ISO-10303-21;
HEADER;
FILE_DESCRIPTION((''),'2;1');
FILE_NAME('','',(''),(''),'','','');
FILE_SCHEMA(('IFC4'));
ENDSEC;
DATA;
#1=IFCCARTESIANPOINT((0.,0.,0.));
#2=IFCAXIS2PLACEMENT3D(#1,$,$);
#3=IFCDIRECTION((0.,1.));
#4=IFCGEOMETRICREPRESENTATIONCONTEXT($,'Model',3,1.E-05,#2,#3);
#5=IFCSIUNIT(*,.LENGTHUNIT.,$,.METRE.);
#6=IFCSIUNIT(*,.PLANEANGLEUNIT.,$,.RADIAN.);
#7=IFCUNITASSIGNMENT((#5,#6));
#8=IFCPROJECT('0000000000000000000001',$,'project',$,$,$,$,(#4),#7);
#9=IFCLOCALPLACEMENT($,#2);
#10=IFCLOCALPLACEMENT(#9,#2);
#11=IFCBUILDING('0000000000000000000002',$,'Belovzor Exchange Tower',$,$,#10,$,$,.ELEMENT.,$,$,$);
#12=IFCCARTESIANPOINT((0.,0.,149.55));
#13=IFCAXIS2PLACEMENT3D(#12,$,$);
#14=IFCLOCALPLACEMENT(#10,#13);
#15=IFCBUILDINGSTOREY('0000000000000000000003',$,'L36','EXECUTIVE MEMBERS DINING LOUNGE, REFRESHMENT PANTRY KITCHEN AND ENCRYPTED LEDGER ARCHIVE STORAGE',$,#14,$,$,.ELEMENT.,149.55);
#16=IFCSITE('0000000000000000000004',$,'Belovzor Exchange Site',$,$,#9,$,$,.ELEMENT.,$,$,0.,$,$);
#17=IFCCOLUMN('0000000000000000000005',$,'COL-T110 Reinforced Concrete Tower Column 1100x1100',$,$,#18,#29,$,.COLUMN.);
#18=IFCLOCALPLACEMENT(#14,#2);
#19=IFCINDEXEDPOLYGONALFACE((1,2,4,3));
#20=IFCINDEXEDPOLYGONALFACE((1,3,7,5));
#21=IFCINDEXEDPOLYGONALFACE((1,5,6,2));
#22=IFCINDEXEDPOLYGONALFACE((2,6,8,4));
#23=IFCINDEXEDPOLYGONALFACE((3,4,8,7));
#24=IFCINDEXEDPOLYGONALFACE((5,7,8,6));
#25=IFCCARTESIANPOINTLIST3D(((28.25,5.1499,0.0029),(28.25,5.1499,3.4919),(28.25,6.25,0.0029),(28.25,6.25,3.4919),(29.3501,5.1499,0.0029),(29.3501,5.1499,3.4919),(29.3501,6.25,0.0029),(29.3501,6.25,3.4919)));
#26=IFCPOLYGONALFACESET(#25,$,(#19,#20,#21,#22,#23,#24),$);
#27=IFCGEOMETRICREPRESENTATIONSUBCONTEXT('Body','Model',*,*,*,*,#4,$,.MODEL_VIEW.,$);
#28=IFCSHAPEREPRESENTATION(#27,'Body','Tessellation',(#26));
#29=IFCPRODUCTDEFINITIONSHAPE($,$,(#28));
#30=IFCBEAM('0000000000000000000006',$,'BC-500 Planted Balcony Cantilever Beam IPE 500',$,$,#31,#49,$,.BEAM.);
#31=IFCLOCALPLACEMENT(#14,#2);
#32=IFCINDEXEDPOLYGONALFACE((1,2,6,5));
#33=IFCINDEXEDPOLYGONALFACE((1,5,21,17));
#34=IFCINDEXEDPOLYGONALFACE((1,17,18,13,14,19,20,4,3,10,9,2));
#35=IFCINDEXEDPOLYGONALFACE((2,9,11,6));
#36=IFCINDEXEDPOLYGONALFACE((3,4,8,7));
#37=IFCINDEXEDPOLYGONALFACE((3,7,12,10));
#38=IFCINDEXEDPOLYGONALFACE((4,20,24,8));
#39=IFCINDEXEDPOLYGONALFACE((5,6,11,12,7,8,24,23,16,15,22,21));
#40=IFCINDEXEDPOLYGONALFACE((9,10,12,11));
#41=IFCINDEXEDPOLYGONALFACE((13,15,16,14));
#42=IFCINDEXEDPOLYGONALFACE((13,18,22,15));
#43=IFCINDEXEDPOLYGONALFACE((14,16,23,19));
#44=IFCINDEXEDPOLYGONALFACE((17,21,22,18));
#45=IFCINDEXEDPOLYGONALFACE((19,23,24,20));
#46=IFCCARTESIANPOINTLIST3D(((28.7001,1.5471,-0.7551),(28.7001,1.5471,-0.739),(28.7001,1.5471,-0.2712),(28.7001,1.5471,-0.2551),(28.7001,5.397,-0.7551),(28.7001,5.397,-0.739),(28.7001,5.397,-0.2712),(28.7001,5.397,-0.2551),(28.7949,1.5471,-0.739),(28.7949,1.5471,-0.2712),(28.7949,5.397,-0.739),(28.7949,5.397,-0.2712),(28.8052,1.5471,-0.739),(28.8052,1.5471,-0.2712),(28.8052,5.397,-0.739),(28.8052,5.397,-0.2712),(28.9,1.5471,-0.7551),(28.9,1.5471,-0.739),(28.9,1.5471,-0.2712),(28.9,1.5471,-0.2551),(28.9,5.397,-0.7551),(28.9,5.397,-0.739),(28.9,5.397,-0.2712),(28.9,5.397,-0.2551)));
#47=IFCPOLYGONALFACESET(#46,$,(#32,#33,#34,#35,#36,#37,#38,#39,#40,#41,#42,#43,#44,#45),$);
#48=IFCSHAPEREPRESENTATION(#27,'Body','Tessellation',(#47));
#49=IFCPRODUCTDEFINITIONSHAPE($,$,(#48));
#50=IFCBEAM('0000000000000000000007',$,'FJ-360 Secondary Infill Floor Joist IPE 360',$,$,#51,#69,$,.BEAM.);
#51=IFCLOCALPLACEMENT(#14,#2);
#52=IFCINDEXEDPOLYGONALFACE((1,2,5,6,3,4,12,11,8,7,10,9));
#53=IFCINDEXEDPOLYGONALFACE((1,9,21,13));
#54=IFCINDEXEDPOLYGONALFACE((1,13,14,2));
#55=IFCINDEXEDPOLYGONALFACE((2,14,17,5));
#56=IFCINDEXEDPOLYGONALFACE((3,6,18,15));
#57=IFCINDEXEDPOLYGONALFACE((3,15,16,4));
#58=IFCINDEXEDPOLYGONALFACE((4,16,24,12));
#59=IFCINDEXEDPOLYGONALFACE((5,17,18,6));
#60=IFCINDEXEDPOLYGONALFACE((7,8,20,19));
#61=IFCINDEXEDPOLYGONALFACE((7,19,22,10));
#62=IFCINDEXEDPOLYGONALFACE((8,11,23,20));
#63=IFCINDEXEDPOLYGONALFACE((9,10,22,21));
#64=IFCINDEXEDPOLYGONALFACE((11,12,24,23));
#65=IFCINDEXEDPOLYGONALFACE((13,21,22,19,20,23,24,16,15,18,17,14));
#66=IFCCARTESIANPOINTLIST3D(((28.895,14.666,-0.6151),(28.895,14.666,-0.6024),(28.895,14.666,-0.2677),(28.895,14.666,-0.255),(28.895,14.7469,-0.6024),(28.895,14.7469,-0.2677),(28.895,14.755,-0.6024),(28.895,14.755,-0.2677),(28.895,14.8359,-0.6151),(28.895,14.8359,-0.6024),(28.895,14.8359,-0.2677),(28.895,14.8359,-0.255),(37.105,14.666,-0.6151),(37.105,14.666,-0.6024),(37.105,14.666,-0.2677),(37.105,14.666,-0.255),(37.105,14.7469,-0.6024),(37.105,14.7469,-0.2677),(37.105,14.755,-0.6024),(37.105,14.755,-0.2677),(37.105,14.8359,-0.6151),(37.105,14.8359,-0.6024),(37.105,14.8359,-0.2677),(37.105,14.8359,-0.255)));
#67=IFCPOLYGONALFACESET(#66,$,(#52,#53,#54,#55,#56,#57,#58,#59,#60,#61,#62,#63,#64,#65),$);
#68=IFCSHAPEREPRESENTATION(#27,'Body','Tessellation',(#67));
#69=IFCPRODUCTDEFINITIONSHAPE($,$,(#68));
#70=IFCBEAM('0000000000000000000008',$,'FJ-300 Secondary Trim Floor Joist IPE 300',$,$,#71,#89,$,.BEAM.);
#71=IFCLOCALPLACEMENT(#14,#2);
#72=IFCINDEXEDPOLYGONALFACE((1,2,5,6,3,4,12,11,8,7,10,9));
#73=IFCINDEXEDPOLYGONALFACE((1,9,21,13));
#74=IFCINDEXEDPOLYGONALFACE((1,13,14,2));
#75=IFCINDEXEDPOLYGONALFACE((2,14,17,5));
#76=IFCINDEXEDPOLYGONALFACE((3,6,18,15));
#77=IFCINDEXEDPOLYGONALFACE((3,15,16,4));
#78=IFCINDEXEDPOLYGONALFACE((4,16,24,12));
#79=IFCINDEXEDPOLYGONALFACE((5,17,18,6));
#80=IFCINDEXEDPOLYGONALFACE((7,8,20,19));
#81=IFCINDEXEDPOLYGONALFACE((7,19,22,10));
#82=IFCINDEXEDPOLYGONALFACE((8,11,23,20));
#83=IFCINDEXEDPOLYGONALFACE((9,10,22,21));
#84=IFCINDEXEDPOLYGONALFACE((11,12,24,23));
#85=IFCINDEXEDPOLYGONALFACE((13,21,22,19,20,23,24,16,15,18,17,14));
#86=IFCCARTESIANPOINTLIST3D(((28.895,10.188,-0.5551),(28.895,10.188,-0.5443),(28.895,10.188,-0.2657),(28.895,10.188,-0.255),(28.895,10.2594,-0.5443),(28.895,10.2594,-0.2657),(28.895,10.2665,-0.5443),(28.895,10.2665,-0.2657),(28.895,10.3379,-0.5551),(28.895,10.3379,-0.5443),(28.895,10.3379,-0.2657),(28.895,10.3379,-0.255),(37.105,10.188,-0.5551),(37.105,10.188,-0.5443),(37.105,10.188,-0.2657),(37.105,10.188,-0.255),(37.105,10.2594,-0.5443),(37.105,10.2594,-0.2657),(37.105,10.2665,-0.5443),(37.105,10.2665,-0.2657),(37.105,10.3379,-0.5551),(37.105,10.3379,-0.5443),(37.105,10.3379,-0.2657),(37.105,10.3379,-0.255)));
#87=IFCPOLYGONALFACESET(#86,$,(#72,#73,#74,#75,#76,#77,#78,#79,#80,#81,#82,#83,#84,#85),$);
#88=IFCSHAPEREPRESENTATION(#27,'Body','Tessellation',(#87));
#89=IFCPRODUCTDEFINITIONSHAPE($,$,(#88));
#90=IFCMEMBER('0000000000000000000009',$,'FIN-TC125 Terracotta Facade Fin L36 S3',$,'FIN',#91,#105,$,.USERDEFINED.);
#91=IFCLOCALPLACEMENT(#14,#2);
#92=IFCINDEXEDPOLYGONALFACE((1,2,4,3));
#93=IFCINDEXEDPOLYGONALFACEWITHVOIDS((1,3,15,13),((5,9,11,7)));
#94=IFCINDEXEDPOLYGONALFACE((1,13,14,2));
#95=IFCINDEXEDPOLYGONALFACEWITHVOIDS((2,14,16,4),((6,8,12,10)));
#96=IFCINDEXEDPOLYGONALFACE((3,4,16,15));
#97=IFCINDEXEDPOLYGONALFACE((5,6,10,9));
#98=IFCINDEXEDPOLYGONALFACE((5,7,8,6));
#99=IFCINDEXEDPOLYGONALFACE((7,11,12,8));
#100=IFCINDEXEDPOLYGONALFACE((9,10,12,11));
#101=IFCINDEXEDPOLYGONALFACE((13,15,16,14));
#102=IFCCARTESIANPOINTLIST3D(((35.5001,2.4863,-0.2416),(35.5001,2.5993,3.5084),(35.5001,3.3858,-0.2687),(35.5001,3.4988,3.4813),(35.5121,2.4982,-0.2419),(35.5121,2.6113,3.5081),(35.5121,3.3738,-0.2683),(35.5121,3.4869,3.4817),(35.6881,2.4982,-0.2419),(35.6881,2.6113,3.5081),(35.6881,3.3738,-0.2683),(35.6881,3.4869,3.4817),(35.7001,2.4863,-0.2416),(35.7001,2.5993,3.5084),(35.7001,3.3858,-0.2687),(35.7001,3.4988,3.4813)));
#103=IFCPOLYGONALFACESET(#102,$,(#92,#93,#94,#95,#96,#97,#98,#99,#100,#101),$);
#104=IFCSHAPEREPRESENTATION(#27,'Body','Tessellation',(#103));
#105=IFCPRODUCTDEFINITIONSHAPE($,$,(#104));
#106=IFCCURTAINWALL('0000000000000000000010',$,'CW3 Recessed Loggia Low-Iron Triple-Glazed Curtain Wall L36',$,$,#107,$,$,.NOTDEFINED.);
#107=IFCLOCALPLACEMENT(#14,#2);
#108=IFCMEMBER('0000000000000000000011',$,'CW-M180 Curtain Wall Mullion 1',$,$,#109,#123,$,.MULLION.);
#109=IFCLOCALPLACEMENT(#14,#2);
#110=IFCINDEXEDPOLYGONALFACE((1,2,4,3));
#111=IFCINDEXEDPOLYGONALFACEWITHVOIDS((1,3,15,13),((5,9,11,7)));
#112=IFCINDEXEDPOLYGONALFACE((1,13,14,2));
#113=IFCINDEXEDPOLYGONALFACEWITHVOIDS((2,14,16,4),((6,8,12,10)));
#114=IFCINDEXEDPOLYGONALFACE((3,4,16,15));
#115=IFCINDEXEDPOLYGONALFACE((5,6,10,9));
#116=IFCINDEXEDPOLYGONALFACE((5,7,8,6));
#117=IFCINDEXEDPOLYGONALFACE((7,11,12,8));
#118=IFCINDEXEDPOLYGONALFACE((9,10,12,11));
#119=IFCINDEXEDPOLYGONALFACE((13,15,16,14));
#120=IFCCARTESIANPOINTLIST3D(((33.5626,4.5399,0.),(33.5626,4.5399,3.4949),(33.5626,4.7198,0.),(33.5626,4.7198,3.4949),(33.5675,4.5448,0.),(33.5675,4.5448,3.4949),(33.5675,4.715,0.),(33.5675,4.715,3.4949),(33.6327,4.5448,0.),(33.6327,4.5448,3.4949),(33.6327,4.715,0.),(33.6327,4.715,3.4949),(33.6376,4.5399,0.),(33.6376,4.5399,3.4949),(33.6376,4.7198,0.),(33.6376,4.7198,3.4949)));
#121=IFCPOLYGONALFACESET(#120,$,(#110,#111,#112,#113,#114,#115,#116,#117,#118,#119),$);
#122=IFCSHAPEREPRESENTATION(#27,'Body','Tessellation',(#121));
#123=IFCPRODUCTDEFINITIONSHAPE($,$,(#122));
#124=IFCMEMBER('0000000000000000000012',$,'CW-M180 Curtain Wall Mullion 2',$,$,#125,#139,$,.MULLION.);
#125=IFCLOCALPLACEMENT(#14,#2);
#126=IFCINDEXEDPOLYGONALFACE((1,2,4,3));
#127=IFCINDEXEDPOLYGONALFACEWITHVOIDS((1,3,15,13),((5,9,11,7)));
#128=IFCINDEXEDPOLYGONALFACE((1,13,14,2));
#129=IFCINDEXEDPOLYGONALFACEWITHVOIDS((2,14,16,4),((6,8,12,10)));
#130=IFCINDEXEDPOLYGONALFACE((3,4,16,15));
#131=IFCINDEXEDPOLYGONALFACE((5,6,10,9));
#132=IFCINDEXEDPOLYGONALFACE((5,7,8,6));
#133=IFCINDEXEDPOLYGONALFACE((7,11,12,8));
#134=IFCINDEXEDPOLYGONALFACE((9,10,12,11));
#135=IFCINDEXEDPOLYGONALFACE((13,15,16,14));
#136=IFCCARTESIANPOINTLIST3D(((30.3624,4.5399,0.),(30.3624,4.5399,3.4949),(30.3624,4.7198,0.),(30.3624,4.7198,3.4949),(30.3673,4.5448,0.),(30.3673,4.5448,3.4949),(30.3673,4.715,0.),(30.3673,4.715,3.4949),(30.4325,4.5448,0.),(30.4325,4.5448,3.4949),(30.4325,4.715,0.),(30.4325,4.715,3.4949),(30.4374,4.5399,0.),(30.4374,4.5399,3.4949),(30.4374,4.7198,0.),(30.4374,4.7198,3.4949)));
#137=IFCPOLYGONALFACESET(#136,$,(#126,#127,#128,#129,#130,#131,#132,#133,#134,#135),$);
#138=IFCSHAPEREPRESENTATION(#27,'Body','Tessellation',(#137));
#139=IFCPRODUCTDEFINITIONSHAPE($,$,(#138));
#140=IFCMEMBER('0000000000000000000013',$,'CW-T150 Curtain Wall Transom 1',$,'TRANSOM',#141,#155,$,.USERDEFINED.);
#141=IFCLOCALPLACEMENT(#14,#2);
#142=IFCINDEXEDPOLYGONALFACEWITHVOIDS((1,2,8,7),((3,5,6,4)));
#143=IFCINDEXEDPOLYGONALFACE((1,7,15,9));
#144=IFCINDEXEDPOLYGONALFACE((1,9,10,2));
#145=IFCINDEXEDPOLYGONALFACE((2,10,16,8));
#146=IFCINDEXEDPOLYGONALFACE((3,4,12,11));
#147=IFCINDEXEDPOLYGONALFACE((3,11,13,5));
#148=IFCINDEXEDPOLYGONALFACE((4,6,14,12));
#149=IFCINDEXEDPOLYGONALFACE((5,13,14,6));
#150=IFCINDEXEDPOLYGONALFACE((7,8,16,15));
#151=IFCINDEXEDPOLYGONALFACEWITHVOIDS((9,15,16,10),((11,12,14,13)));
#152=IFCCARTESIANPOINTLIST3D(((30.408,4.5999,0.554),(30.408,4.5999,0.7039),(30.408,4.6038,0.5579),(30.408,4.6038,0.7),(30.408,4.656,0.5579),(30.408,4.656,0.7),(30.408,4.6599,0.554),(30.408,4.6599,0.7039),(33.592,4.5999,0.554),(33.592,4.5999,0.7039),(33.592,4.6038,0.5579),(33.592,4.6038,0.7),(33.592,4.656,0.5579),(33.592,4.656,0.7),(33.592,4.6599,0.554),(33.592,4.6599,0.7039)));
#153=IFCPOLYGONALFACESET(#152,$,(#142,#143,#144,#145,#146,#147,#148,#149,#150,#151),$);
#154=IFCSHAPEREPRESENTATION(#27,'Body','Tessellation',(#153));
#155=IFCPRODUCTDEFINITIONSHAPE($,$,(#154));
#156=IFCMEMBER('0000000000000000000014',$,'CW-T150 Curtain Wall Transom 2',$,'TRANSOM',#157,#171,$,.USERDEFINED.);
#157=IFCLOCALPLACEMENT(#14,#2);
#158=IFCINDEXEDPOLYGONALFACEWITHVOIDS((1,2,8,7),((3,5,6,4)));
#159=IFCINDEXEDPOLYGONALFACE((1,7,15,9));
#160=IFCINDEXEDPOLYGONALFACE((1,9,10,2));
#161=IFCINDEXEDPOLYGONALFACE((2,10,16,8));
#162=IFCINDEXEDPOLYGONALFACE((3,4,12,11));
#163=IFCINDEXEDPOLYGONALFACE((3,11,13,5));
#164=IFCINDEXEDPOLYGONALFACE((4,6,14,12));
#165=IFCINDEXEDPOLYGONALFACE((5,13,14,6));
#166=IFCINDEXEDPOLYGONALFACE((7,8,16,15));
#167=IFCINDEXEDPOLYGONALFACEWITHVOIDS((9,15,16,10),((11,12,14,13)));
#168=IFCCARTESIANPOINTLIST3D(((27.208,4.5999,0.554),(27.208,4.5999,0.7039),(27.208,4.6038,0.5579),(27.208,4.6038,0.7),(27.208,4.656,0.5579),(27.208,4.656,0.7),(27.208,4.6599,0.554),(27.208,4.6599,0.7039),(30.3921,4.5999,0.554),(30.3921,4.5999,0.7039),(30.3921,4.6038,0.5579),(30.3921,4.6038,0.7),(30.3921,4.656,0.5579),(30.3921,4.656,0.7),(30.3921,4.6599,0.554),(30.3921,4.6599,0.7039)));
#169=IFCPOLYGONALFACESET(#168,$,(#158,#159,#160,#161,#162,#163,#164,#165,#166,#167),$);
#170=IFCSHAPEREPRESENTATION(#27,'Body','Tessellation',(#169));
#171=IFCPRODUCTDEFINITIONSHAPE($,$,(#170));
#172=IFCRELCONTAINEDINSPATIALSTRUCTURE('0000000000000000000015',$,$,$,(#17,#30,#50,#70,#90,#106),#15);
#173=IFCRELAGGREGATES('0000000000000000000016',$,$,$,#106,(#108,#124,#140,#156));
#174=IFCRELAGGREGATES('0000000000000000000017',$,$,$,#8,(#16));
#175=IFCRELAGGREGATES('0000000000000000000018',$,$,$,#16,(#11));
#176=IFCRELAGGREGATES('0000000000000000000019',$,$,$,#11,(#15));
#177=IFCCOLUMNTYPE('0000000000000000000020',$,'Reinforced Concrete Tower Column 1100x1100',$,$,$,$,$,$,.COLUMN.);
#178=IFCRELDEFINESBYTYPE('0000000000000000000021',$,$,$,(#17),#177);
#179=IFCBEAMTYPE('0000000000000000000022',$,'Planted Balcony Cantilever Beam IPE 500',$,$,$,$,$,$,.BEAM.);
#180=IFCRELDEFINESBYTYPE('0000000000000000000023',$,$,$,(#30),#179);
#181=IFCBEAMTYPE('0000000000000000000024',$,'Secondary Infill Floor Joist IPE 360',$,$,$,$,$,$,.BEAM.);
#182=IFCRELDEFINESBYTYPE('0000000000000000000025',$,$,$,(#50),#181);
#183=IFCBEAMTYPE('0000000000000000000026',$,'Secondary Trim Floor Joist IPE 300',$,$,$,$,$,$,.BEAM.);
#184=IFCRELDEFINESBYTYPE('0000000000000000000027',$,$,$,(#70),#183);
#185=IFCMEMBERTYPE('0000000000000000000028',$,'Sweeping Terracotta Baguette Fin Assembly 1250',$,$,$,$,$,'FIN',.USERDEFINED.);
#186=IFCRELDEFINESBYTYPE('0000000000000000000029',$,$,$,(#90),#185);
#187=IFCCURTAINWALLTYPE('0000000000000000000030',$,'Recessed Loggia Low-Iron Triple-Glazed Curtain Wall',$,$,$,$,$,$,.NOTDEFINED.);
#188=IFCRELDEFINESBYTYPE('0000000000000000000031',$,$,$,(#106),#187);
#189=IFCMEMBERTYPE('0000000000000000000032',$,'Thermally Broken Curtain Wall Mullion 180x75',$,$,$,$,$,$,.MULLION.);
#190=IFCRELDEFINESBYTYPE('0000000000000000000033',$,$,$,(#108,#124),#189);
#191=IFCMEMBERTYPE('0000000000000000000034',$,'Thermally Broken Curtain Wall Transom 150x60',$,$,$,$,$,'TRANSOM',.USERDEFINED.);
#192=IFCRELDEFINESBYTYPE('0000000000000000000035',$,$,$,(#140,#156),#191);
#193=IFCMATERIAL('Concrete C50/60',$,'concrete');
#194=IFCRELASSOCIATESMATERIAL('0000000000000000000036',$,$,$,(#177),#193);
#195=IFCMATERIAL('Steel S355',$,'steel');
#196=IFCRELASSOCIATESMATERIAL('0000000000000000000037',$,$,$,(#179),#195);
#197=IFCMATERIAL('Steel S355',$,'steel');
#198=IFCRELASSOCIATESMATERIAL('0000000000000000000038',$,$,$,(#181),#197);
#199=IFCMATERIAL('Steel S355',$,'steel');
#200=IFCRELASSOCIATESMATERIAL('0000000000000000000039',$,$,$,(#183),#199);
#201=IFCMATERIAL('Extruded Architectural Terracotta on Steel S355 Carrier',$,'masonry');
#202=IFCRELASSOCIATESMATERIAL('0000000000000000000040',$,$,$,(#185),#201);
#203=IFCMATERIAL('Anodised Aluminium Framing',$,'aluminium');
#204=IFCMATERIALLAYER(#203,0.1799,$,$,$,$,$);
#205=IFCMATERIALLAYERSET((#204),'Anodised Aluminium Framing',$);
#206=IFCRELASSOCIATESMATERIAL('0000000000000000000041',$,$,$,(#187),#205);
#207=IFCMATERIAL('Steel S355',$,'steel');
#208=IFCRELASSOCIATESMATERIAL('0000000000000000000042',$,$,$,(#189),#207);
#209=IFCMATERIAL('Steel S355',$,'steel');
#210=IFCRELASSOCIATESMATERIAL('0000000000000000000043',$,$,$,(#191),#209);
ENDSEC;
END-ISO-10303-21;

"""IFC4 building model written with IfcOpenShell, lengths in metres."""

from ifc_helpers import new_model, si_unit, direction, frame, origin, origin_2d, place, context, subcontext, project, spatial, rectangle, hollow_rectangle, i_section, extrude, material, layer, layer_set, material_profile, profile_set, type_object, element, aggregate, save


model = new_model("IFC4")

# Units and contexts
model_context = context("Model", 3, precision=1e-05, world=origin(), true_north=direction((0.0, 1.0)))
body_context = subcontext(model_context, "Body", "Model", "MODEL_VIEW")
ifc_project = project(units=[si_unit("LENGTHUNIT", "METRE"), si_unit("PLANEANGLEUNIT", "RADIAN")], contexts=[model_context])

# Site, building, storey
site_placement = place(None, origin())
site = spatial("IfcSite", under=ifc_project, at=site_placement, Name="Belovzor Exchange Site", CompositionType="ELEMENT", RefElevation=0.0)
building_placement = place(site_placement, origin())
building = spatial("IfcBuilding", under=site, at=building_placement, Name="Belovzor Exchange Tower", CompositionType="ELEMENT")
storey_placement = place(building_placement, frame((0.0, 0.0, 149.55)))
storey = spatial("IfcBuildingStorey", under=building, at=storey_placement, Name="L36", Description="EXECUTIVE MEMBERS DINING LOUNGE, REFRESHMENT PANTRY KITCHEN AND ENCRYPTED LEDGER ARCHIVE STORAGE", CompositionType="ELEMENT", Elevation=149.55)

# Column
ifc_material_1 = material(Name="Concrete C50/60", Category="concrete")
ifc_material_profile_1 = material_profile(ifc_material_1, rectangle(XDim=1.1001, YDim=1.1001, at=origin_2d()))
ifc_profile_set_1 = profile_set([ifc_material_profile_1], Name="Concrete C50/60")
column_type = type_object("IfcColumnType", Name="Reinforced Concrete Tower Column 1100x1100", PredefinedType="COLUMN", material=ifc_profile_set_1)
column_placement = place(storey_placement, frame((28.8, 5.7, 0.0029), z_axis=(0.0, 0.0, 1.0), x_axis=(1.0, 0.0, 0.0)))
element("IfcColumn", 1, at=column_placement, inside=storey, type_object=column_type, Name="COL-T110 Reinforced Concrete Tower Column 1100x1100", PredefinedType="COLUMN", context=body_context, shape_type="SweptSolid", body=[
    extrude(rectangle(XDim=1.1001, YDim=1.1001, at=origin_2d()), origin(), (0.0, 0.0, 1.0), 3.489),
])

# Beams
ifc_material_2 = material(Name="Steel S355", Category="steel")
ifc_material_profile_2 = material_profile(ifc_material_2, i_section(OverallWidth=0.2, OverallDepth=0.5, WebThickness=0.0103, FlangeThickness=0.0161, at=origin_2d()))
ifc_profile_set_2 = profile_set([ifc_material_profile_2], Name="Steel S355")
beam_type_1 = type_object("IfcBeamType", Name="Planted Balcony Cantilever Beam IPE 500", PredefinedType="BEAM", material=ifc_profile_set_2)
beam_1_placement = place(storey_placement, frame((28.8, 5.397, -0.5051), z_axis=(0.0, -1.0, 0.0), x_axis=(1.0, 0.0, 0.0)))
element("IfcBeam", 2, at=beam_1_placement, inside=storey, type_object=beam_type_1, Name="BC-500 Planted Balcony Cantilever Beam IPE 500", PredefinedType="BEAM", context=body_context, shape_type="SweptSolid", body=[
    extrude(i_section(OverallWidth=0.2, OverallDepth=0.5, WebThickness=0.0103, FlangeThickness=0.0161, at=origin_2d()), origin(), (0.0, 0.0, 1.0), 3.8499),
])
ifc_material_3 = material(Name="Steel S355", Category="steel")
ifc_material_profile_3 = material_profile(ifc_material_3, i_section(OverallWidth=0.1699, OverallDepth=0.3601, WebThickness=0.0081, FlangeThickness=0.0127, at=origin_2d()))
ifc_profile_set_3 = profile_set([ifc_material_profile_3], Name="Steel S355")
beam_type_2 = type_object("IfcBeamType", Name="Secondary Infill Floor Joist IPE 360", PredefinedType="BEAM", material=ifc_profile_set_3)
beam_2_placement = place(storey_placement, frame((28.895, 14.751, -0.4351), z_axis=(1.0, 0.0, 0.0), x_axis=(0.0, 1.0, 0.0)))
element("IfcBeam", 3, at=beam_2_placement, inside=storey, type_object=beam_type_2, Name="FJ-360 Secondary Infill Floor Joist IPE 360", PredefinedType="BEAM", context=body_context, shape_type="SweptSolid", body=[
    extrude(i_section(OverallWidth=0.1699, OverallDepth=0.3601, WebThickness=0.0081, FlangeThickness=0.0127, at=origin_2d()), origin(), (0.0, 0.0, 1.0), 8.21),
])
ifc_material_4 = material(Name="Steel S355", Category="steel")
ifc_material_profile_4 = material_profile(ifc_material_4, i_section(OverallWidth=0.1499, OverallDepth=0.3, WebThickness=0.0071, FlangeThickness=0.0107, at=origin_2d()))
ifc_profile_set_4 = profile_set([ifc_material_profile_4], Name="Steel S355")
beam_type_3 = type_object("IfcBeamType", Name="Secondary Trim Floor Joist IPE 300", PredefinedType="BEAM", material=ifc_profile_set_4)
beam_3_placement = place(storey_placement, frame((28.895, 10.2629, -0.405), z_axis=(1.0, 0.0, 0.0), x_axis=(0.0, 1.0, 0.0)))
element("IfcBeam", 4, at=beam_3_placement, inside=storey, type_object=beam_type_3, Name="FJ-300 Secondary Trim Floor Joist IPE 300", PredefinedType="BEAM", context=body_context, shape_type="SweptSolid", body=[
    extrude(i_section(OverallWidth=0.1499, OverallDepth=0.3, WebThickness=0.0071, FlangeThickness=0.0107, at=origin_2d()), origin(), (0.0, 0.0, 1.0), 8.21),
])

# Member
ifc_material_5 = material(Name="Extruded Architectural Terracotta on Steel S355 Carrier", Category="masonry")
ifc_material_profile_5 = material_profile(ifc_material_5, hollow_rectangle(XDim=0.2, YDim=0.8999, WallThickness=0.012, at=origin_2d()))
ifc_profile_set_5 = profile_set([ifc_material_profile_5], Name="Extruded Architectural Terracotta on Steel S355 Carrier")
member_type_1 = type_object("IfcMemberType", Name="Sweeping Terracotta Baguette Fin Assembly 1250", ElementType="FIN", PredefinedType="USERDEFINED", material=ifc_profile_set_5)
member_1_placement = place(storey_placement, frame((35.6001, 2.936, -0.2551), z_axis=(0.0, 0.03013, 0.999546), x_axis=(-1.0, 0.0, 0.0)))
element("IfcMember", 5, at=member_1_placement, inside=storey, type_object=member_type_1, Name="FIN-TC125 Terracotta Facade Fin L36 S3", ObjectType="FIN", PredefinedType="USERDEFINED", context=body_context, shape_type="SweptSolid", body=[
    extrude(hollow_rectangle(XDim=0.2, YDim=0.8999, WallThickness=0.012, at=origin_2d()), origin(), (0.0, 0.0, 1.0), 3.7517),
])

# Curtain wall, members
ifc_material_6 = material(Name="Anodised Aluminium Framing", Category="aluminium")
ifc_layer_1 = layer(ifc_material_6, 0.1799)
ifc_layer_set_1 = layer_set([ifc_layer_1], Name="Anodised Aluminium Framing")
curtain_wall_type = type_object("IfcCurtainWallType", Name="Recessed Loggia Low-Iron Triple-Glazed Curtain Wall", PredefinedType="NOTDEFINED", material=ifc_layer_set_1)
curtain_wall_placement = place(storey_placement, origin())
curtain_wall = element("IfcCurtainWall", 6, at=curtain_wall_placement, inside=storey, type_object=curtain_wall_type, Name="CW3 Recessed Loggia Low-Iron Triple-Glazed Curtain Wall L36", PredefinedType="NOTDEFINED")
ifc_material_7 = material(Name="Steel S355", Category="steel")
ifc_material_profile_6 = material_profile(ifc_material_7, hollow_rectangle(XDim=0.075, YDim=0.1799, WallThickness=0.0049, at=origin_2d()))
ifc_profile_set_6 = profile_set([ifc_material_profile_6], Name="Steel S355")
member_type_2 = type_object("IfcMemberType", Name="Thermally Broken Curtain Wall Mullion 180x75", PredefinedType="MULLION", material=ifc_profile_set_6)
member_2_placement = place(storey_placement, frame((33.6001, 4.6299, 0.0), z_axis=(0.0, 0.0, 1.0), x_axis=(-1.0, 0.0, 0.0)))
member_2 = element("IfcMember", 7, at=member_2_placement, type_object=member_type_2, Name="CW-M180 Curtain Wall Mullion 1", PredefinedType="MULLION", context=body_context, shape_type="SweptSolid", body=[
    extrude(hollow_rectangle(XDim=0.075, YDim=0.1799, WallThickness=0.0049, at=origin_2d()), origin(), (0.0, 0.0, 1.0), 3.4949),
])
member_3_placement = place(storey_placement, frame((30.3999, 4.6299, 0.0), z_axis=(0.0, 0.0, 1.0), x_axis=(-1.0, 0.0, 0.0)))
member_3 = element("IfcMember", 8, at=member_3_placement, type_object=member_type_2, Name="CW-M180 Curtain Wall Mullion 2", PredefinedType="MULLION", context=body_context, shape_type="SweptSolid", body=[
    extrude(hollow_rectangle(XDim=0.075, YDim=0.1799, WallThickness=0.0049, at=origin_2d()), origin(), (0.0, 0.0, 1.0), 3.4949),
])
ifc_material_8 = material(Name="Steel S355", Category="steel")
ifc_material_profile_7 = material_profile(ifc_material_8, hollow_rectangle(XDim=0.0601, YDim=0.1499, WallThickness=0.0039, at=origin_2d()))
ifc_profile_set_7 = profile_set([ifc_material_profile_7], Name="Steel S355")
member_type_3 = type_object("IfcMemberType", Name="Thermally Broken Curtain Wall Transom 150x60", ElementType="TRANSOM", PredefinedType="USERDEFINED", material=ifc_profile_set_7)
member_4_placement = place(storey_placement, frame((33.592, 4.6299, 0.6289), z_axis=(-1.0, 0.0, 0.0), x_axis=(0.0, -1.0, 0.0)))
member_4 = element("IfcMember", 9, at=member_4_placement, type_object=member_type_3, Name="CW-T150 Curtain Wall Transom 1", ObjectType="TRANSOM", PredefinedType="USERDEFINED", context=body_context, shape_type="SweptSolid", body=[
    extrude(hollow_rectangle(XDim=0.0601, YDim=0.1499, WallThickness=0.0039, at=origin_2d()), origin(), (0.0, 0.0, 1.0), 3.1841),
])
member_5_placement = place(storey_placement, frame((30.3921, 4.6299, 0.6289), z_axis=(-1.0, 0.0, 0.0), x_axis=(0.0, -1.0, 0.0)))
member_5 = element("IfcMember", 10, at=member_5_placement, type_object=member_type_3, Name="CW-T150 Curtain Wall Transom 2", ObjectType="TRANSOM", PredefinedType="USERDEFINED", context=body_context, shape_type="SweptSolid", body=[
    extrude(hollow_rectangle(XDim=0.0601, YDim=0.1499, WallThickness=0.0039, at=origin_2d()), origin(), (0.0, 0.0, 1.0), 3.1841),
])

aggregate(curtain_wall, [member_2, member_3, member_4, member_5])

save(model, "model.ifc")
